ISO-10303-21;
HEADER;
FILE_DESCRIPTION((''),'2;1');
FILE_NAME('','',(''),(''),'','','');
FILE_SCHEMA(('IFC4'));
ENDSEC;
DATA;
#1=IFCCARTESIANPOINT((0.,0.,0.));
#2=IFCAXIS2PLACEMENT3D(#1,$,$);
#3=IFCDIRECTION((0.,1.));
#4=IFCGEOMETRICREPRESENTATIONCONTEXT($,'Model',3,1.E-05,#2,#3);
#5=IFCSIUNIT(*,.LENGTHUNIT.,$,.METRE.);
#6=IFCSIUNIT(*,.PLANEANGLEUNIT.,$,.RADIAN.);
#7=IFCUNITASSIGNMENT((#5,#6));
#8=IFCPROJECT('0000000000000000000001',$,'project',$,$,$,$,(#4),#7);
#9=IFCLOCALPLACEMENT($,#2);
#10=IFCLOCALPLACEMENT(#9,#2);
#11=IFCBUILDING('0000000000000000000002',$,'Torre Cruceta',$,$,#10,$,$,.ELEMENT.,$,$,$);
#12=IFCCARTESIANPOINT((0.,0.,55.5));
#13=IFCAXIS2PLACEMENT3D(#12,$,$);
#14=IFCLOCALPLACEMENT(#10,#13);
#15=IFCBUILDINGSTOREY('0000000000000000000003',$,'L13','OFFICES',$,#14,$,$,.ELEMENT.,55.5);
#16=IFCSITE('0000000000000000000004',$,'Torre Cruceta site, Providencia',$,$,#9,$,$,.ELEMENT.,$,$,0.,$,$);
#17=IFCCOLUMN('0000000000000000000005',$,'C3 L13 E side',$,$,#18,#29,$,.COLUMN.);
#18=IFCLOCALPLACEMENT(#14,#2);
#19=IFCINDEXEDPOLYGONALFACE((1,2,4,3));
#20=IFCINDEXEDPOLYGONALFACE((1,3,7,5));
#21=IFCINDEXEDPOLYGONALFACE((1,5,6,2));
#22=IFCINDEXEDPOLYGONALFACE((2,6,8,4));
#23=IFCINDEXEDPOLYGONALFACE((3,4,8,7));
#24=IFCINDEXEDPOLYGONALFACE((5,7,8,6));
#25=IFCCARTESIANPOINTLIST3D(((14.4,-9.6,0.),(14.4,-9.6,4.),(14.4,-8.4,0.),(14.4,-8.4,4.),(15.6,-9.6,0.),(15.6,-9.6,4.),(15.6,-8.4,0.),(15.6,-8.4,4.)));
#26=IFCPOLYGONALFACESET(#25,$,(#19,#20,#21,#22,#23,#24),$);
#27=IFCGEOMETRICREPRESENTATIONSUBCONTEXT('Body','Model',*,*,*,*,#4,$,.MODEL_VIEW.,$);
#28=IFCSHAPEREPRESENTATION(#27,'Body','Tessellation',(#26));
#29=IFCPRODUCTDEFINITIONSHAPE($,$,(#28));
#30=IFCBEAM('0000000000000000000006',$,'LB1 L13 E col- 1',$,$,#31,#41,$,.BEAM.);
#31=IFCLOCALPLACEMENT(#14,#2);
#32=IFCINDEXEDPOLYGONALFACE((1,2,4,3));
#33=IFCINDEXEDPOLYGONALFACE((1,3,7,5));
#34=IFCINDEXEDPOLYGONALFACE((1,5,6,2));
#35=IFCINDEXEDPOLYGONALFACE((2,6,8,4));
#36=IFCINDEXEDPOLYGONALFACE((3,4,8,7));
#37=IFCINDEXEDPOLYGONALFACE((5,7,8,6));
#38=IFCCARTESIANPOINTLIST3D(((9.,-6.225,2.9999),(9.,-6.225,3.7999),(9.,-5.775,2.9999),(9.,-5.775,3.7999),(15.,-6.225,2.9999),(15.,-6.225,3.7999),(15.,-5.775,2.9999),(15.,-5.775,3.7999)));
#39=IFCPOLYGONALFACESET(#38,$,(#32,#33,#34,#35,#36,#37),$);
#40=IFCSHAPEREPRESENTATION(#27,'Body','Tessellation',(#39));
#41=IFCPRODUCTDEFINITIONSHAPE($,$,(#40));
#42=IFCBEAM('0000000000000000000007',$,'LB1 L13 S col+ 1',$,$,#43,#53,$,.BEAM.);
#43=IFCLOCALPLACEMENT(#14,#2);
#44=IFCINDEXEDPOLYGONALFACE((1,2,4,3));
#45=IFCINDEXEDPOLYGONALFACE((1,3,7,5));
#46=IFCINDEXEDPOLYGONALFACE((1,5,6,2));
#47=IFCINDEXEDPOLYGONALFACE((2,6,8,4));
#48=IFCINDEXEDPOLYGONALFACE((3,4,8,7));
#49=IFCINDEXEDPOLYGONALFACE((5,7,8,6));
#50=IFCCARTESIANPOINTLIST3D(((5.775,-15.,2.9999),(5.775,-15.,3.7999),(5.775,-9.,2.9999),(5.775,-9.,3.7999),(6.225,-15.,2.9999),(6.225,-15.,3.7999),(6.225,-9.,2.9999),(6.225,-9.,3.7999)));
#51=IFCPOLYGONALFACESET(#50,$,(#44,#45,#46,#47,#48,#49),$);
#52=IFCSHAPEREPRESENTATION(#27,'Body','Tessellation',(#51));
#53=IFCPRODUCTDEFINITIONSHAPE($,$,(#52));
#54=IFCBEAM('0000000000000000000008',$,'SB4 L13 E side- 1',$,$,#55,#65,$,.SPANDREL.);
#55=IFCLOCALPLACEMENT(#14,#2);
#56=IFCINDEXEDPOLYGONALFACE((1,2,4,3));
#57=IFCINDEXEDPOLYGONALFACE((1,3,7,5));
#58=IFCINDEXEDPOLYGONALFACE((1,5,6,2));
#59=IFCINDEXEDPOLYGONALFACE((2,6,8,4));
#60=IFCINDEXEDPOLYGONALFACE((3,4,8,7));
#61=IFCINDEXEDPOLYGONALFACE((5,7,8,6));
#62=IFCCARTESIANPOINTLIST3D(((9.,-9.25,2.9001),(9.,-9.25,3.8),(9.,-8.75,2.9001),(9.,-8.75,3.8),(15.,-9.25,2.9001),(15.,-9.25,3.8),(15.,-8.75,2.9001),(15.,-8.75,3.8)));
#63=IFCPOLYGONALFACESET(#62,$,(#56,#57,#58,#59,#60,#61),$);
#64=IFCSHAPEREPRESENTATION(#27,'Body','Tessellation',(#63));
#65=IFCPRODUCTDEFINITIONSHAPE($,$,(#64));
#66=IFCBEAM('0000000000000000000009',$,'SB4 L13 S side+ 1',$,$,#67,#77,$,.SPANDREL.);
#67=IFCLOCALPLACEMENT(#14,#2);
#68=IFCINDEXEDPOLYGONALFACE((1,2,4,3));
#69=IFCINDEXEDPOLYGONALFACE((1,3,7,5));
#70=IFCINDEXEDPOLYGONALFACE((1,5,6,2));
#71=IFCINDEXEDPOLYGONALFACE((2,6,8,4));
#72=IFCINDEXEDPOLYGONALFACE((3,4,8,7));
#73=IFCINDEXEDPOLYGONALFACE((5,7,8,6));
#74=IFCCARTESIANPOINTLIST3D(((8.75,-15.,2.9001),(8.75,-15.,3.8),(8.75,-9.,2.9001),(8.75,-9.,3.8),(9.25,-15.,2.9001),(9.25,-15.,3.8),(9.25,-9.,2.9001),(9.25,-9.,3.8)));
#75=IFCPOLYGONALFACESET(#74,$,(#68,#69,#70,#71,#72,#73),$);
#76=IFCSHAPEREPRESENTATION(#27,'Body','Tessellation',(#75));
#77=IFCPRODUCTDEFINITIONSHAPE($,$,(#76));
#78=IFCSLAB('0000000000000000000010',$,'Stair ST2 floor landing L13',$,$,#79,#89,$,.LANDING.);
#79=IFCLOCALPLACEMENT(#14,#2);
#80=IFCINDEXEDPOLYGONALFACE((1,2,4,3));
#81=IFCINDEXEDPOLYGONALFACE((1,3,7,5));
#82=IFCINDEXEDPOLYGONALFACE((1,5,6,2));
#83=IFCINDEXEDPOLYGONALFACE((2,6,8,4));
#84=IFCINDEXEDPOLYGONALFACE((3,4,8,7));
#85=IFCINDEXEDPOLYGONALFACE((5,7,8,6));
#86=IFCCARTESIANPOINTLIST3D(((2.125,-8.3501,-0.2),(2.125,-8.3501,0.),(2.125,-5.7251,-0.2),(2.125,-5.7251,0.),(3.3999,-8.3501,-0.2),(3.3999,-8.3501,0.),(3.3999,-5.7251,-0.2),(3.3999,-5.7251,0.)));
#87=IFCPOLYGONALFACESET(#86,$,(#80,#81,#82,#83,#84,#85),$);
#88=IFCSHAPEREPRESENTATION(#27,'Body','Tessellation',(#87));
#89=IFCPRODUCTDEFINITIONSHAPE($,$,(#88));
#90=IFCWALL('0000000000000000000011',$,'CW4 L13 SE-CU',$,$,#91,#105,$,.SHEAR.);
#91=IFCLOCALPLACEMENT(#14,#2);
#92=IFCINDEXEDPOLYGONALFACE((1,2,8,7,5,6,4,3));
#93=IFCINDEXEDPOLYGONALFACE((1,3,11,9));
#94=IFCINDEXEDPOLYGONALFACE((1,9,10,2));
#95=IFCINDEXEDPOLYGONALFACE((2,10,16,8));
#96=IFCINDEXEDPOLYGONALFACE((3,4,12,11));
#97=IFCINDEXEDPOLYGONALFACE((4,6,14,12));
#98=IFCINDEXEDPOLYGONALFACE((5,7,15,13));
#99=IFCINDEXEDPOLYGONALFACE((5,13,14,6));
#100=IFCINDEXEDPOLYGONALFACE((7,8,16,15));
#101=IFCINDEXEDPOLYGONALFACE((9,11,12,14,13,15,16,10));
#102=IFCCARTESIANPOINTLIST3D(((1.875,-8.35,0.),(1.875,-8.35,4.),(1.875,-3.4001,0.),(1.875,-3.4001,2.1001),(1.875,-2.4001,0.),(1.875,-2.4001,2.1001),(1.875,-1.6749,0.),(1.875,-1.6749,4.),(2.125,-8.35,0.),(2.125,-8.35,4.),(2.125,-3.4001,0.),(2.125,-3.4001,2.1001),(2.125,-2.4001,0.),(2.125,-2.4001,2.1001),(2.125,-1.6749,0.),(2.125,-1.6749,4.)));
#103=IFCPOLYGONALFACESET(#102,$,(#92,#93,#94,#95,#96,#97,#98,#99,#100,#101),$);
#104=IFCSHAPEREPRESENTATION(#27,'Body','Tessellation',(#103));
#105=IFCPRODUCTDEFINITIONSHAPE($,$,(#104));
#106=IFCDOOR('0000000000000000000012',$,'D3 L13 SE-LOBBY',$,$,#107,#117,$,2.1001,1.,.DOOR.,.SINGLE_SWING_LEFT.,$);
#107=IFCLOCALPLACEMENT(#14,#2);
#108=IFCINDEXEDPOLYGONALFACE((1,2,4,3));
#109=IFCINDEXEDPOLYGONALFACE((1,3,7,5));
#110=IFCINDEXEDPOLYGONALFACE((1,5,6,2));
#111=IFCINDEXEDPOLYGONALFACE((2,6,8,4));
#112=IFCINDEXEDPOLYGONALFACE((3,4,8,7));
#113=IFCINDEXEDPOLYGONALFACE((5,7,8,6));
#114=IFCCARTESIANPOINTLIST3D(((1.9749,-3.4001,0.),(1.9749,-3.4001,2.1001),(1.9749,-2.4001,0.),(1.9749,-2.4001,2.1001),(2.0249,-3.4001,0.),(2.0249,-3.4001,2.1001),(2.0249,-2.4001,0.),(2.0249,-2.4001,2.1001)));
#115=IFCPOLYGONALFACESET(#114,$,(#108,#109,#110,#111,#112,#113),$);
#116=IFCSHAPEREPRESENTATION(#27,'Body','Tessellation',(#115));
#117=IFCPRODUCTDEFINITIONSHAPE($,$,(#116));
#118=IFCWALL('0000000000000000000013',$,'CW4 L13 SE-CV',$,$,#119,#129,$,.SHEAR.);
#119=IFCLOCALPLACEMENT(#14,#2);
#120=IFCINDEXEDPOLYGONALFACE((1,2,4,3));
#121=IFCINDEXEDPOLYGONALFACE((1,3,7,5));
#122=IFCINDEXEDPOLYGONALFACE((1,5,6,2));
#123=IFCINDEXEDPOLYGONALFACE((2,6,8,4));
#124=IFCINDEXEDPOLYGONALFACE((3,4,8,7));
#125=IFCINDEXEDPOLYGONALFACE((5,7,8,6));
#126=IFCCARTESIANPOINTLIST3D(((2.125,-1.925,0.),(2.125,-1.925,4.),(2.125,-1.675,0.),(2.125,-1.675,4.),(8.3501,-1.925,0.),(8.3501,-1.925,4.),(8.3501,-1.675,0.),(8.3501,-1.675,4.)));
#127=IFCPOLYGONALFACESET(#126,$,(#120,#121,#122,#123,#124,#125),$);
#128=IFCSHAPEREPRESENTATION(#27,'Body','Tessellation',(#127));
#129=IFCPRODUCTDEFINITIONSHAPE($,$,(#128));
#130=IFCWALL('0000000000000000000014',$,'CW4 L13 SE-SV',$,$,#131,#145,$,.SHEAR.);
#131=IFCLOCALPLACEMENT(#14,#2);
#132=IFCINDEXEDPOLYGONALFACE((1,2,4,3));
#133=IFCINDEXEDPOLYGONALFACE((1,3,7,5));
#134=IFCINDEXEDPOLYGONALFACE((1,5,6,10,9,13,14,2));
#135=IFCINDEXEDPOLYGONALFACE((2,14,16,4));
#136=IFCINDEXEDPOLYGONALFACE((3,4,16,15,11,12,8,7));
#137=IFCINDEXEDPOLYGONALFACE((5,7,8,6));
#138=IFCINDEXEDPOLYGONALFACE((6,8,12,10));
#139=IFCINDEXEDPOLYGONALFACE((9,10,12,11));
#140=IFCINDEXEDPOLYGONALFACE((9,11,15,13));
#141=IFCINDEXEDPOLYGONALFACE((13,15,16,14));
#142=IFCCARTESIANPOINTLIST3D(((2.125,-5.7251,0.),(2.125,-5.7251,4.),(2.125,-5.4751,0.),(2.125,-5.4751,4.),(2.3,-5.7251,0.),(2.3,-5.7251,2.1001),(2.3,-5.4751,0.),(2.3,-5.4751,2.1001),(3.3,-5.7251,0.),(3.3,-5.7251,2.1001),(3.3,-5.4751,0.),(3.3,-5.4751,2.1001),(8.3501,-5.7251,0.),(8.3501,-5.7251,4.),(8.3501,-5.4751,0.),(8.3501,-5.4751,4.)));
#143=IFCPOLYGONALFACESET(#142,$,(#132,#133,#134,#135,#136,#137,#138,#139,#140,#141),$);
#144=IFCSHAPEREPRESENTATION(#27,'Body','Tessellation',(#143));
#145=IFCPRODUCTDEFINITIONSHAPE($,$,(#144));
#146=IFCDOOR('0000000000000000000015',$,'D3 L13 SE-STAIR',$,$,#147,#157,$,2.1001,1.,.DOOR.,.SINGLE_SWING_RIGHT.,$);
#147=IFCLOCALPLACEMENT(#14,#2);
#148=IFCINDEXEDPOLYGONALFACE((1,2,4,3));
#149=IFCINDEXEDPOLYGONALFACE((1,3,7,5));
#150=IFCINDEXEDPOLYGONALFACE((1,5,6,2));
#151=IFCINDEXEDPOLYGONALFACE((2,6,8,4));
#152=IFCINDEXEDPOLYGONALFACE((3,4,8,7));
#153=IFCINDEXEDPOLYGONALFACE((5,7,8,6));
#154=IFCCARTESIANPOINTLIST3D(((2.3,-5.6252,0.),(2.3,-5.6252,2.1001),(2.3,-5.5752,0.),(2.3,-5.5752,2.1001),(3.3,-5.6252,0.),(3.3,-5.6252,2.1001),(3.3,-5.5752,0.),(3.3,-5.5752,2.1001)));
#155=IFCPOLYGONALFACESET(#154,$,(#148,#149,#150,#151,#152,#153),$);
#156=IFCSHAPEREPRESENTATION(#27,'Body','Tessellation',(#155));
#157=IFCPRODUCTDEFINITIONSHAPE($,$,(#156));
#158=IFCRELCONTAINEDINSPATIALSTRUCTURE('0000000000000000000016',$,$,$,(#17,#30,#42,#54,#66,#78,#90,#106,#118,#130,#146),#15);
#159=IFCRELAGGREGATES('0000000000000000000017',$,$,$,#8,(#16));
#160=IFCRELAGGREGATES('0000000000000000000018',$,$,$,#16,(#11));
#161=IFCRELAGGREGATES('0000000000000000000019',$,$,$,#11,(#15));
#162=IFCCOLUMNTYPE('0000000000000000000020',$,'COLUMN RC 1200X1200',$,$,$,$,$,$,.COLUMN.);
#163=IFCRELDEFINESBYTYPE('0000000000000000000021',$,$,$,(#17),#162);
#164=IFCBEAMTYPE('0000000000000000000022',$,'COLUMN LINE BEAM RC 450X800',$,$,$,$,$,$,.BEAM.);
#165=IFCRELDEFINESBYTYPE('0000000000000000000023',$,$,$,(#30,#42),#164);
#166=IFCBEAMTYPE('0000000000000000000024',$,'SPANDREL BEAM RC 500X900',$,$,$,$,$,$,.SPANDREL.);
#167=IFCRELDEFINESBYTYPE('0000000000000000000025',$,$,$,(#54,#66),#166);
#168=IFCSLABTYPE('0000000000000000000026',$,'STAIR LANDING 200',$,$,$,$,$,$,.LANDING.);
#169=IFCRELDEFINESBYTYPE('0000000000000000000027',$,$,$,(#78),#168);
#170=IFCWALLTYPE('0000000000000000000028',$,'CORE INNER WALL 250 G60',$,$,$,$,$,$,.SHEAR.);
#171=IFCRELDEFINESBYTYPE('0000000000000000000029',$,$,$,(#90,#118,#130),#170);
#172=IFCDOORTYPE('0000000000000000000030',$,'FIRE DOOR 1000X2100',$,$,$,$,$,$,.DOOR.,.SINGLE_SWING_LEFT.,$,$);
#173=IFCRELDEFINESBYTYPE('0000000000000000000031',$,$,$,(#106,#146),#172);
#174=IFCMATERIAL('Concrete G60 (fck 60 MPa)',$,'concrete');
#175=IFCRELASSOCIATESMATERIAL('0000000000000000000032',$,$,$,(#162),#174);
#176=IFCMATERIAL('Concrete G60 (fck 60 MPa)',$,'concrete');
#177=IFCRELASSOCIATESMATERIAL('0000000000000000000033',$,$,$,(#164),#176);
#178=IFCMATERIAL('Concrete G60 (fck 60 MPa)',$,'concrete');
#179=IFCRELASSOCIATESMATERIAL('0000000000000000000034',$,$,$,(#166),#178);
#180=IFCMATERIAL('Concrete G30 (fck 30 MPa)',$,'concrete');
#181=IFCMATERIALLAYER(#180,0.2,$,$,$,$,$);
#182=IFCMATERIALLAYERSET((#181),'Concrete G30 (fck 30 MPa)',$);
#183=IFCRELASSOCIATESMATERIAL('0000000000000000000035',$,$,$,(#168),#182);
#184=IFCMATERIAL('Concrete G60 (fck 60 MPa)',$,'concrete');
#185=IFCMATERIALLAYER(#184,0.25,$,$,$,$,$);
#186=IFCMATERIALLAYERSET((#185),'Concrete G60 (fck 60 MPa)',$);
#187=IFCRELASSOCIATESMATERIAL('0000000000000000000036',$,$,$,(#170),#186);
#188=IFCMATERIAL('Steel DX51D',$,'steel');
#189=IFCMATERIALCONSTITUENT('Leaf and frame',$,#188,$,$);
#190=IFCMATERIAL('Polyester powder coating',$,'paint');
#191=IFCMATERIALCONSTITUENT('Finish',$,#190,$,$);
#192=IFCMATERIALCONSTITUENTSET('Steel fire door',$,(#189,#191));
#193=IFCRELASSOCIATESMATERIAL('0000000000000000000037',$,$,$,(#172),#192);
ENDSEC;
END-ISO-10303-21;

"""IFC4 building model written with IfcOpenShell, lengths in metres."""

from ifc_helpers import new_model, si_unit, direction, frame, frame_2d, origin, origin_2d, place, context, subcontext, project, spatial, polyline, rectangle, outline, extrude, material, layer, layer_set, constituent, constituent_set, material_profile, profile_set, type_object, element, fill, save


model = new_model("IFC4")

# Units and contexts
model_context = context("Model", 3, precision=1e-05, world=origin(), true_north=direction((0.0, 1.0)))
body_context = subcontext(model_context, "Body", "Model", "MODEL_VIEW")
ifc_project = project(units=[si_unit("LENGTHUNIT", "METRE"), si_unit("PLANEANGLEUNIT", "RADIAN")], contexts=[model_context])

# Site, building, storey
site_placement = place(None, origin())
site = spatial("IfcSite", under=ifc_project, at=site_placement, Name="Torre Cruceta site, Providencia", CompositionType="ELEMENT", RefElevation=0.0)
building_placement = place(site_placement, origin())
building = spatial("IfcBuilding", under=site, at=building_placement, Name="Torre Cruceta", CompositionType="ELEMENT")
storey_placement = place(building_placement, frame((0.0, 0.0, 55.5)))
storey = spatial("IfcBuildingStorey", under=building, at=storey_placement, Name="L13", Description="OFFICES", CompositionType="ELEMENT", Elevation=55.5)

# Column
ifc_material_1 = material(Name="Concrete G60 (fck 60 MPa)", Category="concrete")
ifc_material_profile_1 = material_profile(ifc_material_1, rectangle(XDim=1.2, YDim=1.2, at=origin_2d()), Name="RC 1200X1200")
ifc_profile_set_1 = profile_set([ifc_material_profile_1], Name="Concrete G60 (fck 60 MPa)")
column_type = type_object("IfcColumnType", Name="COLUMN RC 1200X1200", PredefinedType="COLUMN", material=ifc_profile_set_1)
column_placement = place(storey_placement, frame((15.0, -9.0, 0.0), z_axis=(0.0, 0.0, 1.0), x_axis=(1.0, 0.0, 0.0)))
element("IfcColumn", 1, at=column_placement, inside=storey, type_object=column_type, Name="C3 L13 E side", PredefinedType="COLUMN", context=body_context, shape_type="SweptSolid", body=[
    extrude(rectangle(XDim=1.2, YDim=1.2, at=origin_2d()), origin(), (0.0, 0.0, 1.0), 4.0),
])

# Beams
ifc_material_2 = material(Name="Concrete G60 (fck 60 MPa)", Category="concrete")
ifc_material_profile_2 = material_profile(ifc_material_2, rectangle(XDim=0.45, YDim=0.8, at=origin_2d()), Name="RC 450X800")
ifc_profile_set_2 = profile_set([ifc_material_profile_2], Name="Concrete G60 (fck 60 MPa)")
beam_type_1 = type_object("IfcBeamType", Name="COLUMN LINE BEAM RC 450X800", PredefinedType="BEAM", material=ifc_profile_set_2)
for number, where, z_axis, x_axis, name in (
    (2, (9.0, -6.0, 3.3999), (1.0, 0.0, 0.0), (0.0, 1.0, 0.0), "LB1 L13 E col- 1"),
    (3, (6.0, -9.0, 3.3999), (0.0, -1.0, 0.0), (1.0, 0.0, 0.0), "LB1 L13 S col+ 1"),
):
    element("IfcBeam", number, at=place(storey_placement, frame(where, z_axis=z_axis, x_axis=x_axis)), inside=storey, type_object=beam_type_1, Name=name, PredefinedType="BEAM", context=body_context, shape_type="SweptSolid", body=[
        extrude(rectangle(XDim=0.45, YDim=0.8, at=origin_2d()), origin(), (0.0, 0.0, 1.0), 6.0),
    ])
ifc_material_3 = material(Name="Concrete G60 (fck 60 MPa)", Category="concrete")
ifc_material_profile_3 = material_profile(ifc_material_3, rectangle(XDim=0.5, YDim=0.8999, at=origin_2d()), Name="RC 500X900")
ifc_profile_set_3 = profile_set([ifc_material_profile_3], Name="Concrete G60 (fck 60 MPa)")
beam_type_2 = type_object("IfcBeamType", Name="SPANDREL BEAM RC 500X900", PredefinedType="SPANDREL", material=ifc_profile_set_3)
for number, where, z_axis, x_axis, name in (
    (4, (9.0, -9.0, 3.3501), (1.0, 0.0, 0.0), (0.0, 1.0, 0.0), "SB4 L13 E side- 1"),
    (5, (9.0, -9.0, 3.3501), (0.0, -1.0, 0.0), (1.0, 0.0, 0.0), "SB4 L13 S side+ 1"),
):
    element("IfcBeam", number, at=place(storey_placement, frame(where, z_axis=z_axis, x_axis=x_axis)), inside=storey, type_object=beam_type_2, Name=name, PredefinedType="SPANDREL", context=body_context, shape_type="SweptSolid", body=[
        extrude(rectangle(XDim=0.5, YDim=0.8999, at=origin_2d()), origin(), (0.0, 0.0, 1.0), 6.0),
    ])

# Slab
ifc_material_4 = material(Name="Concrete G30 (fck 30 MPa)", Category="concrete")
ifc_layer_1 = layer(ifc_material_4, 0.2)
ifc_layer_set_1 = layer_set([ifc_layer_1], Name="Concrete G30 (fck 30 MPa)")
slab_type = type_object("IfcSlabType", Name="STAIR LANDING 200", PredefinedType="LANDING", material=ifc_layer_set_1)
slab_placement = place(storey_placement, frame((0.0, 0.0, -0.2)))
element("IfcSlab", 6, at=slab_placement, inside=storey, type_object=slab_type, Name="Stair ST2 floor landing L13", PredefinedType="LANDING", context=body_context, shape_type="SweptSolid", body=[
    extrude(outline(polyline([(2.125, -8.3501), (2.125, -5.7251), (3.3999, -5.7251), (3.3999, -8.3501), (2.125, -8.3501)])), origin(), (0.0, 0.0, 1.0), 0.2),
])

# Wall, opening, door
ifc_material_5 = material(Name="Concrete G60 (fck 60 MPa)", Category="concrete")
ifc_layer_2 = layer(ifc_material_5, 0.25)
ifc_layer_set_2 = layer_set([ifc_layer_2], Name="Concrete G60 (fck 60 MPa)")
wall_type_1 = type_object("IfcWallType", Name="CORE INNER WALL 250 G60", PredefinedType="SHEAR", material=ifc_layer_set_2)
wall_1_placement = place(storey_placement, frame((2.0, -1.675, 0.0), z_axis=(0.0, 0.0, 1.0), x_axis=(0.0, -1.0, 0.0)))
wall_1 = element("IfcWall", 7, at=wall_1_placement, inside=storey, type_object=wall_type_1, Name="CW4 L13 SE-CU", PredefinedType="SHEAR", context=body_context, shape_type="SweptSolid", body=[
    extrude(rectangle(XDim=6.675, YDim=0.25, at=frame_2d((3.3374, 0.0))), origin(), (0.0, 0.0, 1.0), 4.0),
])
opening_1_placement = place(wall_1_placement, frame((0.7251, 0.0, 0.0)))
opening_1 = element("IfcOpeningElement", 8, at=opening_1_placement, cuts=wall_1, PredefinedType="OPENING", context=body_context, shape_type="SweptSolid", body=[
    extrude(rectangle(XDim=1.0, YDim=2.1001, at=frame_2d((0.5, 1.05))), frame((0.0, 0.135, 0.0), z_axis=(0.0, -1.0, 0.0), x_axis=(1.0, 0.0, 0.0)), (0.0, 0.0, 1.0), 0.27),
])
ifc_material_6 = material(Name="Steel DX51D", Category="steel")
ifc_constituent_1 = constituent(ifc_material_6, Name="Leaf and frame")
ifc_material_7 = material(Name="Polyester powder coating", Category="paint")
ifc_constituent_2 = constituent(ifc_material_7, Name="Finish")
ifc_constituent_set_1 = constituent_set(constituents=[ifc_constituent_1, ifc_constituent_2], Name="Steel fire door")
door_type_1 = type_object("IfcDoorType", Name="FIRE DOOR 1000X2100", OperationType="SINGLE_SWING_LEFT", PredefinedType="DOOR", material=ifc_constituent_set_1)
door_1_placement = place(opening_1_placement, origin())
door_1 = element("IfcDoor", 9, at=door_1_placement, inside=storey, type_object=door_type_1, Name="D3 L13 SE-LOBBY", OperationType="SINGLE_SWING_LEFT", OverallHeight=2.1001, OverallWidth=1.0, PredefinedType="DOOR", context=body_context, shape_type="SweptSolid", body=[
    extrude(rectangle(XDim=1.0, YDim=2.1001, at=frame_2d((0.5, 1.05))), frame((0.0, 0.0249, 0.0), z_axis=(0.0, -1.0, 0.0), x_axis=(1.0, 0.0, 0.0)), (0.0, 0.0, 1.0), 0.05),
])
fill(opening_1, door_1)

# Wall
wall_2_placement = place(storey_placement, frame((2.125, -1.8, 0.0), z_axis=(0.0, 0.0, 1.0), x_axis=(1.0, 0.0, 0.0)))
element("IfcWall", 10, at=wall_2_placement, inside=storey, type_object=wall_type_1, Name="CW4 L13 SE-CV", PredefinedType="SHEAR", context=body_context, shape_type="SweptSolid", body=[
    extrude(rectangle(XDim=6.2251, YDim=0.25, at=frame_2d((3.1125, 0.0))), origin(), (0.0, 0.0, 1.0), 4.0),
])

# Wall, opening, door
wall_3_placement = place(storey_placement, frame((2.125, -5.6001, 0.0), z_axis=(0.0, 0.0, 1.0), x_axis=(1.0, 0.0, 0.0)))
wall_3 = element("IfcWall", 11, at=wall_3_placement, inside=storey, type_object=wall_type_1, Name="CW4 L13 SE-SV", PredefinedType="SHEAR", context=body_context, shape_type="SweptSolid", body=[
    extrude(rectangle(XDim=6.2251, YDim=0.25, at=frame_2d((3.1125, 0.0))), origin(), (0.0, 0.0, 1.0), 4.0),
])
opening_2_placement = place(wall_3_placement, frame((0.175, 0.0, 0.0)))
opening_2 = element("IfcOpeningElement", 12, at=opening_2_placement, cuts=wall_3, PredefinedType="OPENING", context=body_context, shape_type="SweptSolid", body=[
    extrude(rectangle(XDim=1.0, YDim=2.1001, at=frame_2d((0.5, 1.05))), frame((0.0, 0.135, 0.0), z_axis=(0.0, -1.0, 0.0), x_axis=(1.0, 0.0, 0.0)), (0.0, 0.0, 1.0), 0.27),
])
door_2_placement = place(opening_2_placement, frame((1.0, 0.0, 0.0), z_axis=(0.0, 0.0, 1.0), x_axis=(-1.0, 0.0, 0.0)))
door_2 = element("IfcDoor", 13, at=door_2_placement, inside=storey, type_object=door_type_1, Name="D3 L13 SE-STAIR", OperationType="SINGLE_SWING_RIGHT", OverallHeight=2.1001, OverallWidth=1.0, PredefinedType="DOOR", context=body_context, shape_type="SweptSolid", body=[
    extrude(rectangle(XDim=1.0, YDim=2.1001, at=frame_2d((0.5, 1.05))), frame((0.0, 0.0251, 0.0), z_axis=(0.0, -1.0, 0.0), x_axis=(1.0, 0.0, 0.0)), (0.0, 0.0, 1.0), 0.05),
])
fill(opening_2, door_2)

save(model, "model.ifc")
